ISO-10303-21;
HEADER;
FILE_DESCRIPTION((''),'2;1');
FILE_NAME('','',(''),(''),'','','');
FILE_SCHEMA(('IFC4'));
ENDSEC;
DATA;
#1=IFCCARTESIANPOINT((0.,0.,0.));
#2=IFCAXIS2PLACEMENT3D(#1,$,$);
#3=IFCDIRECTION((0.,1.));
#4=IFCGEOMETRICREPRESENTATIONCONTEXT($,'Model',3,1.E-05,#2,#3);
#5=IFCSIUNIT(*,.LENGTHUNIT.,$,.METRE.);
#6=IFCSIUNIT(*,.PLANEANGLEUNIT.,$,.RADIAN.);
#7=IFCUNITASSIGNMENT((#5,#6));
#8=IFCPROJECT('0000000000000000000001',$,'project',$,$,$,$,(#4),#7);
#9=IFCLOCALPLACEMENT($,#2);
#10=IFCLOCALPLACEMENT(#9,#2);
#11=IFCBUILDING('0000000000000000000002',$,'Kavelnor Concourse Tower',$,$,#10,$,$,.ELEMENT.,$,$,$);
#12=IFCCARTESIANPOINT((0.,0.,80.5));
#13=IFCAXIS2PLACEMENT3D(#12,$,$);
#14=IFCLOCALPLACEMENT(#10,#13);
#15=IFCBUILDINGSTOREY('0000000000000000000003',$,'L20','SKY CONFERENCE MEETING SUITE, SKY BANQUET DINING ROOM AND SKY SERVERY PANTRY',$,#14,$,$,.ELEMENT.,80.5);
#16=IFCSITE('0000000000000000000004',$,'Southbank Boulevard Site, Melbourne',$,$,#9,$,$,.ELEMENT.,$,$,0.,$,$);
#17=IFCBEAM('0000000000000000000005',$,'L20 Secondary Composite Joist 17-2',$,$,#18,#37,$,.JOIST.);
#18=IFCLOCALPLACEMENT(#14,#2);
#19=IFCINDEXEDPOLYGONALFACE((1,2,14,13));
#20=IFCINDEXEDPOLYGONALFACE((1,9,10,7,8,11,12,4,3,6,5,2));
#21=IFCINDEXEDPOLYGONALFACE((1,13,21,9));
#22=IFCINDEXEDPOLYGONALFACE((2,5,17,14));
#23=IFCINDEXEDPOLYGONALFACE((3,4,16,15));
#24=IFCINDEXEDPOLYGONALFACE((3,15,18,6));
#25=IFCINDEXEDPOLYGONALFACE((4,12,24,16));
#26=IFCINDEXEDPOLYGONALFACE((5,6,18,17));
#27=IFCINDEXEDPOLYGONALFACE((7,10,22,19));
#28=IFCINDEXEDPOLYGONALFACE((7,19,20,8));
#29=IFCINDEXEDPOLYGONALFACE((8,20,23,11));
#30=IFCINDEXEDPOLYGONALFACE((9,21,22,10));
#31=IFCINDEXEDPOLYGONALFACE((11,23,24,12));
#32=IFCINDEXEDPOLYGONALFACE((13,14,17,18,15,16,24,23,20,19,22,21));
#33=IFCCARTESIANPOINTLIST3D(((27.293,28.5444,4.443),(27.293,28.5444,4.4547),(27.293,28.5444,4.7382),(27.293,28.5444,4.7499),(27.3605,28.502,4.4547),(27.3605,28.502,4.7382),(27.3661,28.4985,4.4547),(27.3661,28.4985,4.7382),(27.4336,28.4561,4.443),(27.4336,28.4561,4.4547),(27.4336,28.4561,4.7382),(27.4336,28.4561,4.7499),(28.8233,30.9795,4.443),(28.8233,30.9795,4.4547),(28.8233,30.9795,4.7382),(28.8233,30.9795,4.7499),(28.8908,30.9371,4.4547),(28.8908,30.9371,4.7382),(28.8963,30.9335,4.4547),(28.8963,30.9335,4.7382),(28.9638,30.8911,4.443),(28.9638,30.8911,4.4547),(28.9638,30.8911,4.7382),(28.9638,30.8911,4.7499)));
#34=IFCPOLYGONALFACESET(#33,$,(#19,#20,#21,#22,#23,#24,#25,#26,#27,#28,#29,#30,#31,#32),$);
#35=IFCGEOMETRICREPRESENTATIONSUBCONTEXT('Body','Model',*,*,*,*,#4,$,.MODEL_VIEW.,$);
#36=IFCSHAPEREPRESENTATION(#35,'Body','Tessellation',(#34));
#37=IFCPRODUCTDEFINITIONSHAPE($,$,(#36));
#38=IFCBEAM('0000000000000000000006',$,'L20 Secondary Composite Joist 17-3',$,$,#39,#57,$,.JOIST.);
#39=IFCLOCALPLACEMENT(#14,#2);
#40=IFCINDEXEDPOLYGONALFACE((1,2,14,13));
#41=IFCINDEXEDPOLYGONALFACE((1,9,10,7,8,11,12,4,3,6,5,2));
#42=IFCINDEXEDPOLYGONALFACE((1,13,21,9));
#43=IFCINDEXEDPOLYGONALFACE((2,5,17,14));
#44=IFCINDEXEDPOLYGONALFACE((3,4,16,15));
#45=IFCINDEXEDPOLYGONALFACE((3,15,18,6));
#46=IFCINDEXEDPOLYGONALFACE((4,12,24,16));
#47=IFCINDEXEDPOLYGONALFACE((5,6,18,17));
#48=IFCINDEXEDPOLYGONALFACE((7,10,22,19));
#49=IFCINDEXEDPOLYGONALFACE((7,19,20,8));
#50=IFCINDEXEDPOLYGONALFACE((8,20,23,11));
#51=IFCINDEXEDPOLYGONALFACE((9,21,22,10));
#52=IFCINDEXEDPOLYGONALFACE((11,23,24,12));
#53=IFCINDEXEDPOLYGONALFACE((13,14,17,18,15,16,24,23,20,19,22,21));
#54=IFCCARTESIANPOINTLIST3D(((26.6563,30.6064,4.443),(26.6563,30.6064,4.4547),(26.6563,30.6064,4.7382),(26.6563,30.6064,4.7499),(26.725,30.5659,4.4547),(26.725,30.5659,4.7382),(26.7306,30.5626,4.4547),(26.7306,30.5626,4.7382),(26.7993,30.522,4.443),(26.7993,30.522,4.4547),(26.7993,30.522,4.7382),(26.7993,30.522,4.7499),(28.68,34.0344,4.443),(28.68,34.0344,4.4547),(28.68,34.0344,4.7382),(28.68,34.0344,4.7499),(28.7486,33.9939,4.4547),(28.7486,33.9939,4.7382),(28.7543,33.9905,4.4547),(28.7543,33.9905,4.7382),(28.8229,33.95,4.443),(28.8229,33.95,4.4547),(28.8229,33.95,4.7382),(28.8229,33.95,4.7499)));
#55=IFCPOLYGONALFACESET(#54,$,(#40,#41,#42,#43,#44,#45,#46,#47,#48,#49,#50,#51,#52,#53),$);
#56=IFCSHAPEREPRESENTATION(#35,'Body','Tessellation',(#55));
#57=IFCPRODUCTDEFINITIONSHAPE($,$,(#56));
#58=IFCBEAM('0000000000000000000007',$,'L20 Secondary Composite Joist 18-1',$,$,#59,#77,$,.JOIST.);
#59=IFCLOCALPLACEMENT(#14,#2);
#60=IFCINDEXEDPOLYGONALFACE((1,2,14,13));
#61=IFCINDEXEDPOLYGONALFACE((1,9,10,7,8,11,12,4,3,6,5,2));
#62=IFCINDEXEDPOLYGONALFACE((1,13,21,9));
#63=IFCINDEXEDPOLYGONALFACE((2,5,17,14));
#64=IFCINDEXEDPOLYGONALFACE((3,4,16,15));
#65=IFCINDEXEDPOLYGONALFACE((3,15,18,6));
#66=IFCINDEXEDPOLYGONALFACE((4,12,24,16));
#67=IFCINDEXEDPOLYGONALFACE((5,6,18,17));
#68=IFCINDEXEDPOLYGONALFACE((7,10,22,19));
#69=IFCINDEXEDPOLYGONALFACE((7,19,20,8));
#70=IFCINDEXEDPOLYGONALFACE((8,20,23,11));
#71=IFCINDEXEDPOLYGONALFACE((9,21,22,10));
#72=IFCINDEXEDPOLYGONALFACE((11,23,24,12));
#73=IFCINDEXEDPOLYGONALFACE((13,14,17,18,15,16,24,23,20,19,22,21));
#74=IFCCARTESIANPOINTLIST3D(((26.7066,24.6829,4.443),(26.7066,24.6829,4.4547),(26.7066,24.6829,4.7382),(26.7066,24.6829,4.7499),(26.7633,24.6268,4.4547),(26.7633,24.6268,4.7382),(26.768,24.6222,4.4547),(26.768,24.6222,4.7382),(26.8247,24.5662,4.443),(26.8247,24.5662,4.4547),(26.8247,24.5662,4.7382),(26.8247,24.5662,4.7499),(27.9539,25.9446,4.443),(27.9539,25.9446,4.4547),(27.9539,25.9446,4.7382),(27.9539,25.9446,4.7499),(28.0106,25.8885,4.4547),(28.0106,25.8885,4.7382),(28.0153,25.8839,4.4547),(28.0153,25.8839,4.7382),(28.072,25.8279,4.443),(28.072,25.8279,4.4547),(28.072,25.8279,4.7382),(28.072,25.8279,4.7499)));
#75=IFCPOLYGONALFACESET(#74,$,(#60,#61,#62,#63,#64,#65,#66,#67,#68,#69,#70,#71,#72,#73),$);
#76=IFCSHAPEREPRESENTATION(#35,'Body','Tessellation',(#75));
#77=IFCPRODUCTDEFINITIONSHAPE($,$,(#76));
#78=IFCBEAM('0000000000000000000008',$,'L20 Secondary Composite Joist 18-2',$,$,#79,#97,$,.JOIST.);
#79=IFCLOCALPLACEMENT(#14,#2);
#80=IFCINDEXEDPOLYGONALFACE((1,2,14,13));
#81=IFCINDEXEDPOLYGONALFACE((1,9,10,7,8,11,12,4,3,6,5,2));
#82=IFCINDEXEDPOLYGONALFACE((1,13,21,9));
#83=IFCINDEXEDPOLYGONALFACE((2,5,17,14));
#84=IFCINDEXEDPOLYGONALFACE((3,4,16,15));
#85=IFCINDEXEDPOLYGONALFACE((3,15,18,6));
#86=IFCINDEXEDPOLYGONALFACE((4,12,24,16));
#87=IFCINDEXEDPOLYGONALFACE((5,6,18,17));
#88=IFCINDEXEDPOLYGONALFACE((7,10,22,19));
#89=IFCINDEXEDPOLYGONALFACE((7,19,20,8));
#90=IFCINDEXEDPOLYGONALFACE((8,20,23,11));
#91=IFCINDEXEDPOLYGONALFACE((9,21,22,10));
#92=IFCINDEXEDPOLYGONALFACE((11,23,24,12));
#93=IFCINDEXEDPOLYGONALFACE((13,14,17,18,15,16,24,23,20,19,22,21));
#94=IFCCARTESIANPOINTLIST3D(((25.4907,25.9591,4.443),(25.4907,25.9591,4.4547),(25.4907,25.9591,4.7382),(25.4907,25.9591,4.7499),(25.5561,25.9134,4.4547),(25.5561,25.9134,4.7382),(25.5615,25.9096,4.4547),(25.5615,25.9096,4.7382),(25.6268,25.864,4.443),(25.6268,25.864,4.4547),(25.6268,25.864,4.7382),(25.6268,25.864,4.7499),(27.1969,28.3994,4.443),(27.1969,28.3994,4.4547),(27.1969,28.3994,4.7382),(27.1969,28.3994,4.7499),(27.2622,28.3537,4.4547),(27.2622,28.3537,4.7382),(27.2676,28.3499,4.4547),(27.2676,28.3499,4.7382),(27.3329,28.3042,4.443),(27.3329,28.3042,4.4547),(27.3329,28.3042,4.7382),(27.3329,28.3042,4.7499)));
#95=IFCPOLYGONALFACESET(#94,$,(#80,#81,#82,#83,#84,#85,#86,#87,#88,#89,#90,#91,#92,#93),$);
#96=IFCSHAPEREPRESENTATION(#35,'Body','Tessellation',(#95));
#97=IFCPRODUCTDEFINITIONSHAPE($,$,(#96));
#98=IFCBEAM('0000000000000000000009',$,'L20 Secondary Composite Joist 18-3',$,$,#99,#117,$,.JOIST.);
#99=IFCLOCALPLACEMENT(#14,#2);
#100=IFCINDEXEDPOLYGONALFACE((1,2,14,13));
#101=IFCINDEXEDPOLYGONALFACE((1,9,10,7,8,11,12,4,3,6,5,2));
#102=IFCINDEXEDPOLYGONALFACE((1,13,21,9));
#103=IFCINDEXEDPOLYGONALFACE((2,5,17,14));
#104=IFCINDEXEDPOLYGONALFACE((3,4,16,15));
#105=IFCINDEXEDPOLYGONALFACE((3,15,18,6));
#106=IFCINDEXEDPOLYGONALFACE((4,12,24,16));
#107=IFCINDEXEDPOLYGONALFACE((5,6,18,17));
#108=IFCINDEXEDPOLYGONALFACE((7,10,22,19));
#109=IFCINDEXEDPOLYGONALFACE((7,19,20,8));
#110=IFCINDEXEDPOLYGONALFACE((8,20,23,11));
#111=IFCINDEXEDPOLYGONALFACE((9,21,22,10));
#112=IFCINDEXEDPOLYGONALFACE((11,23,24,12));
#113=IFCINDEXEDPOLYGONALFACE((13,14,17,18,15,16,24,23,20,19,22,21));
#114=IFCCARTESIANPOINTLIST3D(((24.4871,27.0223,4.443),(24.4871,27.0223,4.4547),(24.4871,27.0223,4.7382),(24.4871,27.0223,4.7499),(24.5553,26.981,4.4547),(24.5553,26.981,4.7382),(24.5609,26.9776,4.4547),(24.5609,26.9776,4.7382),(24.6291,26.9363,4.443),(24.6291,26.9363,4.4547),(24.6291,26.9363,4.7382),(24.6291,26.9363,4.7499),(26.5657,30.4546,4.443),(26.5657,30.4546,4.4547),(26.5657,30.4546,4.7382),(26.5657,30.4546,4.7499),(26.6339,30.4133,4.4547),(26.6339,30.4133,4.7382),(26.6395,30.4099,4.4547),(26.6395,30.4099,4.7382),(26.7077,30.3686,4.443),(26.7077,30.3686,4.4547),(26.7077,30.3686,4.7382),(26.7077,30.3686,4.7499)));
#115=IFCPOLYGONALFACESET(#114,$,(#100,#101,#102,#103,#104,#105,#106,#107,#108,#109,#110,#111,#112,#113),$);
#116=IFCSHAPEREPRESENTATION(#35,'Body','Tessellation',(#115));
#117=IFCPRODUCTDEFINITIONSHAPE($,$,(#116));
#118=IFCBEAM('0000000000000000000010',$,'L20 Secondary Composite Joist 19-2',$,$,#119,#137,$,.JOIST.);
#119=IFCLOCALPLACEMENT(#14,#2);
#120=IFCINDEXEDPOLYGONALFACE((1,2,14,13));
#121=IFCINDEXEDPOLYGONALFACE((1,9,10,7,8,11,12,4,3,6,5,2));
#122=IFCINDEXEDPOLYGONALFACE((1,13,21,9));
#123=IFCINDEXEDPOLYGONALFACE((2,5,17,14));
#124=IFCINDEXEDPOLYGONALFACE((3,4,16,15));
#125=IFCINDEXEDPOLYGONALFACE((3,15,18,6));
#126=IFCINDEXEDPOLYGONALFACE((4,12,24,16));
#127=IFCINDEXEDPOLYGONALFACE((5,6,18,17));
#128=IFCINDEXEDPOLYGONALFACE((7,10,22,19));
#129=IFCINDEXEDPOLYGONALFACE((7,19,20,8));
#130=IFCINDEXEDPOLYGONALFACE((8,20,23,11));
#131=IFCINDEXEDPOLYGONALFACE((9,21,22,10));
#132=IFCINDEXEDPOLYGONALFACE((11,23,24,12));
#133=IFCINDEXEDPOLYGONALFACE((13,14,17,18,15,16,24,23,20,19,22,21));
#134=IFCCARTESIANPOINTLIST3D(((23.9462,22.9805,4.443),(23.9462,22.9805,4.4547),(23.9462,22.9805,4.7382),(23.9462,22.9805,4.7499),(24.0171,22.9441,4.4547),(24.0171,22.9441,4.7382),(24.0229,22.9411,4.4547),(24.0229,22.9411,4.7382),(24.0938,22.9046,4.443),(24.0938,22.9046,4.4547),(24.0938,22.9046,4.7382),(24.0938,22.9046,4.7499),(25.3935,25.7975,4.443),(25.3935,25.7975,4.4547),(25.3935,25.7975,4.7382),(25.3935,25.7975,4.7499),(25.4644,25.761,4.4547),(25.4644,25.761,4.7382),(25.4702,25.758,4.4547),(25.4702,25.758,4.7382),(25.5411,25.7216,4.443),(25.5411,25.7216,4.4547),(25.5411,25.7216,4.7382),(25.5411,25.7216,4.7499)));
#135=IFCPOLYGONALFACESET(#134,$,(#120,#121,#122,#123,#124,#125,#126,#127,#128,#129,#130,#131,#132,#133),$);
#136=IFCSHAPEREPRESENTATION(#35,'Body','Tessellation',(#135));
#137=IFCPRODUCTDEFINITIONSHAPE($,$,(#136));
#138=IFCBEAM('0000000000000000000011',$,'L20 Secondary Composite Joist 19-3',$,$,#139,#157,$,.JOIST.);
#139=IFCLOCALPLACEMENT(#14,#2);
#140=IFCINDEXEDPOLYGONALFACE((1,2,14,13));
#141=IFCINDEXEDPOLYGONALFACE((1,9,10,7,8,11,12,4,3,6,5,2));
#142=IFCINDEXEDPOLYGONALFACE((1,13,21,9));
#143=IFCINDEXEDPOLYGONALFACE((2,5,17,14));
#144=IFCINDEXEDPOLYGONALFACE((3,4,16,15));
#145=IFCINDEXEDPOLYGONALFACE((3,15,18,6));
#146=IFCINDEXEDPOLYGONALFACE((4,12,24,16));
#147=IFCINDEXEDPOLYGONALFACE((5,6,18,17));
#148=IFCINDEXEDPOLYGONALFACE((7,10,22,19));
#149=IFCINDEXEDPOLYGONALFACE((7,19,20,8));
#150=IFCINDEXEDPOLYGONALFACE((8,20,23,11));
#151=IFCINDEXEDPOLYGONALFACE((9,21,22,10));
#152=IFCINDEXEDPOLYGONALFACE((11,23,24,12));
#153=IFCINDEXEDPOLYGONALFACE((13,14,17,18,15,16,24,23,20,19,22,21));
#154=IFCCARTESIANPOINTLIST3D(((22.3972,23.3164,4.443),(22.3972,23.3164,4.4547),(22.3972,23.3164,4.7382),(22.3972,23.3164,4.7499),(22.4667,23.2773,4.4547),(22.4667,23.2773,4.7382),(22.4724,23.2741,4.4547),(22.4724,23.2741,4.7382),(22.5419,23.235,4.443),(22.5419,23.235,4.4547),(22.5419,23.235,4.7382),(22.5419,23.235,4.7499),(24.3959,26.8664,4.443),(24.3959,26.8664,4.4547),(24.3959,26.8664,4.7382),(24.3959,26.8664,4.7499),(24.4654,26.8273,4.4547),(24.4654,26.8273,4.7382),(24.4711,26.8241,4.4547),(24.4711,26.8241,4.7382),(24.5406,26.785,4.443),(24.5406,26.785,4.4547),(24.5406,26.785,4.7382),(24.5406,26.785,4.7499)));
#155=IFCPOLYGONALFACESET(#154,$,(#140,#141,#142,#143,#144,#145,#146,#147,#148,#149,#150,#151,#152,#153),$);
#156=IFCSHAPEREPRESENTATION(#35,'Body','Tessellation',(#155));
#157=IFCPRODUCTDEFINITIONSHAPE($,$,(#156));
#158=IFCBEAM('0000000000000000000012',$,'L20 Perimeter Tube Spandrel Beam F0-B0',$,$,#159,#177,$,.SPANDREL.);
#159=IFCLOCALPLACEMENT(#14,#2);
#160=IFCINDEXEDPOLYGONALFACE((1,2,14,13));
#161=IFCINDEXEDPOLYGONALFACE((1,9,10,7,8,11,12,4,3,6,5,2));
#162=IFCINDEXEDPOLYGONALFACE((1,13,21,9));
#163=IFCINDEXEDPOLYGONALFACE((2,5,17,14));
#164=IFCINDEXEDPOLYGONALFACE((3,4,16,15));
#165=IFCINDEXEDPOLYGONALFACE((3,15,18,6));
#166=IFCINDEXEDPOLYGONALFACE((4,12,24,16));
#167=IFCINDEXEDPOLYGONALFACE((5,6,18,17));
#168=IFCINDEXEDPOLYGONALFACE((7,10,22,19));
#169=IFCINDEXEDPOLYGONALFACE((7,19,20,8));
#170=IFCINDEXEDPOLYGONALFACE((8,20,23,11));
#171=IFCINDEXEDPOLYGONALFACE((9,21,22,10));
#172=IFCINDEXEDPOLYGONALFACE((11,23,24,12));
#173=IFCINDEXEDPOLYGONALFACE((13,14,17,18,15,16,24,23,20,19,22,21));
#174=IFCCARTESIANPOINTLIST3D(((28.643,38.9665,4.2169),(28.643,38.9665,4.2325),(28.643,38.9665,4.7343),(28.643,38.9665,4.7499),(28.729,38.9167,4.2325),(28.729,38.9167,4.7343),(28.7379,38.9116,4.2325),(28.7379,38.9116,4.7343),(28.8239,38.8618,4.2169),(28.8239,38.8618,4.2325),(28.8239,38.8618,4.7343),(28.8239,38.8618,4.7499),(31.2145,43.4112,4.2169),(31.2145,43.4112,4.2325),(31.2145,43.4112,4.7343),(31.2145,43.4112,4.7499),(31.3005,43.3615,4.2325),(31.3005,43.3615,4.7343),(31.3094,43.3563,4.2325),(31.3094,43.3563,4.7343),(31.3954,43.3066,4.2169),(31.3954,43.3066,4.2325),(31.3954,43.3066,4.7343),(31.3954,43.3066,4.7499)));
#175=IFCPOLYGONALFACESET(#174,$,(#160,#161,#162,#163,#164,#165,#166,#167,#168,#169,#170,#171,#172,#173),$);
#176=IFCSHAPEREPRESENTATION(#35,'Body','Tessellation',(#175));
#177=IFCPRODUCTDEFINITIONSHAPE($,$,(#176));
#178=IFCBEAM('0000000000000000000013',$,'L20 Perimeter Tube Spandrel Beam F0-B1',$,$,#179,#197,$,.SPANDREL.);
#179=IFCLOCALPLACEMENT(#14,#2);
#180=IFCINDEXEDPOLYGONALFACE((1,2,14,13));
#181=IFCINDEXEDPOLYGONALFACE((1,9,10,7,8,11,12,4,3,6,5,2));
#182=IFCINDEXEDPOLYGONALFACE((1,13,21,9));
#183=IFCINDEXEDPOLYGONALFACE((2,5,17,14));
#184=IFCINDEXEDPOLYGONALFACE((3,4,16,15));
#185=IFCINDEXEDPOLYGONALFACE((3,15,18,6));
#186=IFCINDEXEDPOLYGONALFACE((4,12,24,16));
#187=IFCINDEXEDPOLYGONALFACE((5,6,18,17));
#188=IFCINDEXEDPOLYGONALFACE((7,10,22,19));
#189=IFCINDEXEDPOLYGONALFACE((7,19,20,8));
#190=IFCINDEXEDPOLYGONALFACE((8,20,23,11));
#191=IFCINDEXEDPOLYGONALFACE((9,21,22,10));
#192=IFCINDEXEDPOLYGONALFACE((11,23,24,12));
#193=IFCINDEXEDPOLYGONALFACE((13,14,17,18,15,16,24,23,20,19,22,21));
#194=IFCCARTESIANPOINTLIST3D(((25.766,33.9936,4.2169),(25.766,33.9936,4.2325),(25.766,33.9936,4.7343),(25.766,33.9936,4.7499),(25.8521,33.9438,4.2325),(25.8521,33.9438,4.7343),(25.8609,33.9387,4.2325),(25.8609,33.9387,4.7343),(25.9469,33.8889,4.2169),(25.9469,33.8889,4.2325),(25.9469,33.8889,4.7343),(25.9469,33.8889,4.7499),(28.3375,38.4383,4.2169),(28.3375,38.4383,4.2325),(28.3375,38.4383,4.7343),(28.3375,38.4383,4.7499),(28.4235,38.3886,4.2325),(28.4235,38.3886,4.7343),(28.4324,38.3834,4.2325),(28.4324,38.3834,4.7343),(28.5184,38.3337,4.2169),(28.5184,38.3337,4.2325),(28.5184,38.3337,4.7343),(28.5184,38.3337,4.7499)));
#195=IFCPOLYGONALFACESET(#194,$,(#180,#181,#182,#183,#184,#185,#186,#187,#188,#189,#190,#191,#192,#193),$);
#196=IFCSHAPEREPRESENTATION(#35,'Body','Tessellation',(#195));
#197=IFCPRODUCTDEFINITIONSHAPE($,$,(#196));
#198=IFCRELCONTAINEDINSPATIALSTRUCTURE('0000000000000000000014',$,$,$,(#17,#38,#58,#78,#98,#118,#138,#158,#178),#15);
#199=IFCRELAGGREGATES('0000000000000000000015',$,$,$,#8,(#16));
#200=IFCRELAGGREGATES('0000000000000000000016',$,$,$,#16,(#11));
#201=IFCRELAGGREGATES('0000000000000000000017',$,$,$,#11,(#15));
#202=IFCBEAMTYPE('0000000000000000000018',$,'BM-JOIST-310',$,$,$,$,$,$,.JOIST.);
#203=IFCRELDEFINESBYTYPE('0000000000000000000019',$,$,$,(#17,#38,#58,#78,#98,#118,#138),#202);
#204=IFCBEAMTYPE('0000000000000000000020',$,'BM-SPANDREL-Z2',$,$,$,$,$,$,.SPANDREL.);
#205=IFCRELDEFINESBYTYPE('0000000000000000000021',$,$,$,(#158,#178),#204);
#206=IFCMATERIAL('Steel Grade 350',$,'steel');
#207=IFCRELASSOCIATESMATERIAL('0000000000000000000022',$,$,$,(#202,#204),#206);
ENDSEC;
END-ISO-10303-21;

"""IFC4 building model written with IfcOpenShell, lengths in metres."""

from ifc_helpers import new_model, si_unit, direction, frame, origin, origin_2d, place, context, subcontext, project, spatial, i_section, extrude, material, material_profile, profile_set, type_object, element, save


model = new_model("IFC4")

# Units and contexts
model_context = context("Model", 3, precision=1e-05, world=origin(), true_north=direction((0.0, 1.0)))
body_context = subcontext(model_context, "Body", "Model", "MODEL_VIEW")
ifc_project = project(units=[si_unit("LENGTHUNIT", "METRE"), si_unit("PLANEANGLEUNIT", "RADIAN")], contexts=[model_context])

# Site, building, storey
site_placement = place(None, origin())
site = spatial("IfcSite", under=ifc_project, at=site_placement, Name="Southbank Boulevard Site, Melbourne", CompositionType="ELEMENT", RefElevation=0.0)
building_placement = place(site_placement, origin())
building = spatial("IfcBuilding", under=site, at=building_placement, Name="Kavelnor Concourse Tower", CompositionType="ELEMENT")
storey_placement = place(building_placement, frame((0.0, 0.0, 80.5)))
storey = spatial("IfcBuildingStorey", under=building, at=storey_placement, Name="L20", Description="SKY CONFERENCE MEETING SUITE, SKY BANQUET DINING ROOM AND SKY SERVERY PANTRY", CompositionType="ELEMENT", Elevation=80.5)

# Shared definitions
ifc_material_1 = material(Name="Steel Grade 350", Category="steel")

# Beams
ifc_material_profile_1 = material_profile(ifc_material_1, i_section(OverallWidth=0.166, OverallDepth=0.3069, WebThickness=0.0066, FlangeThickness=0.0117, at=origin_2d()), Name="310UB46")
ifc_profile_set_1 = profile_set([ifc_material_profile_1], Name="Steel Grade 350")
beam_type_1 = type_object("IfcBeamType", Name="BM-JOIST-310", PredefinedType="JOIST", material=ifc_profile_set_1)
beam_1_placement = place(storey_placement, frame((28.8936, 30.9353, 4.5964), z_axis=(-0.532088, -0.846689, 0.0), x_axis=(0.846689, -0.532088, 0.0)))
element("IfcBeam", 1, at=beam_1_placement, inside=storey, type_object=beam_type_1, Name="L20 Secondary Composite Joist 17-2", PredefinedType="JOIST", context=body_context, shape_type="SweptSolid", body=[
    extrude(i_section(OverallWidth=0.166, OverallDepth=0.3069, WebThickness=0.0066, FlangeThickness=0.0117, at=origin_2d()), origin(), (0.0, 0.0, 1.0), 2.876),
])
beam_2_placement = place(storey_placement, frame((28.7515, 33.9922, 4.5964), z_axis=(-0.508368, -0.86114, 0.0), x_axis=(0.86114, -0.508368, 0.0)))
element("IfcBeam", 2, at=beam_2_placement, inside=storey, type_object=beam_type_1, Name="L20 Secondary Composite Joist 17-3", PredefinedType="JOIST", context=body_context, shape_type="SweptSolid", body=[
    extrude(i_section(OverallWidth=0.166, OverallDepth=0.3069, WebThickness=0.0066, FlangeThickness=0.0117, at=origin_2d()), origin(), (0.0, 0.0, 1.0), 3.9807),
])
beam_3_placement = place(storey_placement, frame((28.0129, 25.8862, 4.5964), z_axis=(-0.703036, -0.711155, 0.0), x_axis=(0.711155, -0.703036, 0.0)))
element("IfcBeam", 3, at=beam_3_placement, inside=storey, type_object=beam_type_1, Name="L20 Secondary Composite Joist 18-1", PredefinedType="JOIST", context=body_context, shape_type="SweptSolid", body=[
    extrude(i_section(OverallWidth=0.166, OverallDepth=0.3069, WebThickness=0.0066, FlangeThickness=0.0117, at=origin_2d()), origin(), (0.0, 0.0, 1.0), 1.7742),
])
beam_4_placement = place(storey_placement, frame((27.2649, 28.3518, 4.5964), z_axis=(-0.572994, -0.819559, 0.0), x_axis=(0.819559, -0.572994, 0.0)))
element("IfcBeam", 4, at=beam_4_placement, inside=storey, type_object=beam_type_1, Name="L20 Secondary Composite Joist 18-2", PredefinedType="JOIST", context=body_context, shape_type="SweptSolid", body=[
    extrude(i_section(OverallWidth=0.166, OverallDepth=0.3069, WebThickness=0.0066, FlangeThickness=0.0117, at=origin_2d()), origin(), (0.0, 0.0, 1.0), 2.9775),
])
beam_5_placement = place(storey_placement, frame((26.6367, 30.4116, 4.5964), z_axis=(-0.518008, -0.855376, 0.0), x_axis=(0.855376, -0.518008, 0.0)))
element("IfcBeam", 5, at=beam_5_placement, inside=storey, type_object=beam_type_1, Name="L20 Secondary Composite Joist 18-3", PredefinedType="JOIST", context=body_context, shape_type="SweptSolid", body=[
    extrude(i_section(OverallWidth=0.166, OverallDepth=0.3069, WebThickness=0.0066, FlangeThickness=0.0117, at=origin_2d()), origin(), (0.0, 0.0, 1.0), 4.0127),
])
beam_6_placement = place(storey_placement, frame((25.4673, 25.7595, 4.5964), z_axis=(-0.456993, -0.88947, 0.0), x_axis=(0.88947, -0.456993, 0.0)))
element("IfcBeam", 6, at=beam_6_placement, inside=storey, type_object=beam_type_1, Name="L20 Secondary Composite Joist 19-2", PredefinedType="JOIST", context=body_context, shape_type="SweptSolid", body=[
    extrude(i_section(OverallWidth=0.166, OverallDepth=0.3069, WebThickness=0.0066, FlangeThickness=0.0117, at=origin_2d()), origin(), (0.0, 0.0, 1.0), 3.167),
])
beam_7_placement = place(storey_placement, frame((24.4683, 26.8257, 4.5964), z_axis=(-0.490611, -0.871379, 0.0), x_axis=(0.871379, -0.490611, 0.0)))
element("IfcBeam", 7, at=beam_7_placement, inside=storey, type_object=beam_type_1, Name="L20 Secondary Composite Joist 19-3", PredefinedType="JOIST", context=body_context, shape_type="SweptSolid", body=[
    extrude(i_section(OverallWidth=0.166, OverallDepth=0.3069, WebThickness=0.0066, FlangeThickness=0.0117, at=origin_2d()), origin(), (0.0, 0.0, 1.0), 4.074),
])
ifc_material_profile_2 = material_profile(ifc_material_1, i_section(OverallWidth=0.209, OverallDepth=0.533, WebThickness=0.0103, FlangeThickness=0.0156, at=origin_2d()), Name="530UB92")
ifc_profile_set_2 = profile_set([ifc_material_profile_2], Name="Steel Grade 350")
beam_type_2 = type_object("IfcBeamType", Name="BM-SPANDREL-Z2", PredefinedType="SPANDREL", material=ifc_profile_set_2)
for number, where, z_axis, x_axis, name in (
    (8, (31.3049, 43.3589, 4.4834), (-0.500776, -0.865577, 0.0), (0.865577, -0.500776, 0.0), "L20 Perimeter Tube Spandrel Beam F0-B0"),
    (9, (28.428, 38.386, 4.4834), (-0.500776, -0.865577, 0.0), (0.865577, -0.500776, 0.0), "L20 Perimeter Tube Spandrel Beam F0-B1"),
):
    element("IfcBeam", number, at=place(storey_placement, frame(where, z_axis=z_axis, x_axis=x_axis)), inside=storey, type_object=beam_type_2, Name=name, PredefinedType="SPANDREL", context=body_context, shape_type="SweptSolid", body=[
        extrude(i_section(OverallWidth=0.209, OverallDepth=0.533, WebThickness=0.0103, FlangeThickness=0.0156, at=origin_2d()), origin(), (0.0, 0.0, 1.0), 5.135),
    ])

save(model, "model.ifc")
